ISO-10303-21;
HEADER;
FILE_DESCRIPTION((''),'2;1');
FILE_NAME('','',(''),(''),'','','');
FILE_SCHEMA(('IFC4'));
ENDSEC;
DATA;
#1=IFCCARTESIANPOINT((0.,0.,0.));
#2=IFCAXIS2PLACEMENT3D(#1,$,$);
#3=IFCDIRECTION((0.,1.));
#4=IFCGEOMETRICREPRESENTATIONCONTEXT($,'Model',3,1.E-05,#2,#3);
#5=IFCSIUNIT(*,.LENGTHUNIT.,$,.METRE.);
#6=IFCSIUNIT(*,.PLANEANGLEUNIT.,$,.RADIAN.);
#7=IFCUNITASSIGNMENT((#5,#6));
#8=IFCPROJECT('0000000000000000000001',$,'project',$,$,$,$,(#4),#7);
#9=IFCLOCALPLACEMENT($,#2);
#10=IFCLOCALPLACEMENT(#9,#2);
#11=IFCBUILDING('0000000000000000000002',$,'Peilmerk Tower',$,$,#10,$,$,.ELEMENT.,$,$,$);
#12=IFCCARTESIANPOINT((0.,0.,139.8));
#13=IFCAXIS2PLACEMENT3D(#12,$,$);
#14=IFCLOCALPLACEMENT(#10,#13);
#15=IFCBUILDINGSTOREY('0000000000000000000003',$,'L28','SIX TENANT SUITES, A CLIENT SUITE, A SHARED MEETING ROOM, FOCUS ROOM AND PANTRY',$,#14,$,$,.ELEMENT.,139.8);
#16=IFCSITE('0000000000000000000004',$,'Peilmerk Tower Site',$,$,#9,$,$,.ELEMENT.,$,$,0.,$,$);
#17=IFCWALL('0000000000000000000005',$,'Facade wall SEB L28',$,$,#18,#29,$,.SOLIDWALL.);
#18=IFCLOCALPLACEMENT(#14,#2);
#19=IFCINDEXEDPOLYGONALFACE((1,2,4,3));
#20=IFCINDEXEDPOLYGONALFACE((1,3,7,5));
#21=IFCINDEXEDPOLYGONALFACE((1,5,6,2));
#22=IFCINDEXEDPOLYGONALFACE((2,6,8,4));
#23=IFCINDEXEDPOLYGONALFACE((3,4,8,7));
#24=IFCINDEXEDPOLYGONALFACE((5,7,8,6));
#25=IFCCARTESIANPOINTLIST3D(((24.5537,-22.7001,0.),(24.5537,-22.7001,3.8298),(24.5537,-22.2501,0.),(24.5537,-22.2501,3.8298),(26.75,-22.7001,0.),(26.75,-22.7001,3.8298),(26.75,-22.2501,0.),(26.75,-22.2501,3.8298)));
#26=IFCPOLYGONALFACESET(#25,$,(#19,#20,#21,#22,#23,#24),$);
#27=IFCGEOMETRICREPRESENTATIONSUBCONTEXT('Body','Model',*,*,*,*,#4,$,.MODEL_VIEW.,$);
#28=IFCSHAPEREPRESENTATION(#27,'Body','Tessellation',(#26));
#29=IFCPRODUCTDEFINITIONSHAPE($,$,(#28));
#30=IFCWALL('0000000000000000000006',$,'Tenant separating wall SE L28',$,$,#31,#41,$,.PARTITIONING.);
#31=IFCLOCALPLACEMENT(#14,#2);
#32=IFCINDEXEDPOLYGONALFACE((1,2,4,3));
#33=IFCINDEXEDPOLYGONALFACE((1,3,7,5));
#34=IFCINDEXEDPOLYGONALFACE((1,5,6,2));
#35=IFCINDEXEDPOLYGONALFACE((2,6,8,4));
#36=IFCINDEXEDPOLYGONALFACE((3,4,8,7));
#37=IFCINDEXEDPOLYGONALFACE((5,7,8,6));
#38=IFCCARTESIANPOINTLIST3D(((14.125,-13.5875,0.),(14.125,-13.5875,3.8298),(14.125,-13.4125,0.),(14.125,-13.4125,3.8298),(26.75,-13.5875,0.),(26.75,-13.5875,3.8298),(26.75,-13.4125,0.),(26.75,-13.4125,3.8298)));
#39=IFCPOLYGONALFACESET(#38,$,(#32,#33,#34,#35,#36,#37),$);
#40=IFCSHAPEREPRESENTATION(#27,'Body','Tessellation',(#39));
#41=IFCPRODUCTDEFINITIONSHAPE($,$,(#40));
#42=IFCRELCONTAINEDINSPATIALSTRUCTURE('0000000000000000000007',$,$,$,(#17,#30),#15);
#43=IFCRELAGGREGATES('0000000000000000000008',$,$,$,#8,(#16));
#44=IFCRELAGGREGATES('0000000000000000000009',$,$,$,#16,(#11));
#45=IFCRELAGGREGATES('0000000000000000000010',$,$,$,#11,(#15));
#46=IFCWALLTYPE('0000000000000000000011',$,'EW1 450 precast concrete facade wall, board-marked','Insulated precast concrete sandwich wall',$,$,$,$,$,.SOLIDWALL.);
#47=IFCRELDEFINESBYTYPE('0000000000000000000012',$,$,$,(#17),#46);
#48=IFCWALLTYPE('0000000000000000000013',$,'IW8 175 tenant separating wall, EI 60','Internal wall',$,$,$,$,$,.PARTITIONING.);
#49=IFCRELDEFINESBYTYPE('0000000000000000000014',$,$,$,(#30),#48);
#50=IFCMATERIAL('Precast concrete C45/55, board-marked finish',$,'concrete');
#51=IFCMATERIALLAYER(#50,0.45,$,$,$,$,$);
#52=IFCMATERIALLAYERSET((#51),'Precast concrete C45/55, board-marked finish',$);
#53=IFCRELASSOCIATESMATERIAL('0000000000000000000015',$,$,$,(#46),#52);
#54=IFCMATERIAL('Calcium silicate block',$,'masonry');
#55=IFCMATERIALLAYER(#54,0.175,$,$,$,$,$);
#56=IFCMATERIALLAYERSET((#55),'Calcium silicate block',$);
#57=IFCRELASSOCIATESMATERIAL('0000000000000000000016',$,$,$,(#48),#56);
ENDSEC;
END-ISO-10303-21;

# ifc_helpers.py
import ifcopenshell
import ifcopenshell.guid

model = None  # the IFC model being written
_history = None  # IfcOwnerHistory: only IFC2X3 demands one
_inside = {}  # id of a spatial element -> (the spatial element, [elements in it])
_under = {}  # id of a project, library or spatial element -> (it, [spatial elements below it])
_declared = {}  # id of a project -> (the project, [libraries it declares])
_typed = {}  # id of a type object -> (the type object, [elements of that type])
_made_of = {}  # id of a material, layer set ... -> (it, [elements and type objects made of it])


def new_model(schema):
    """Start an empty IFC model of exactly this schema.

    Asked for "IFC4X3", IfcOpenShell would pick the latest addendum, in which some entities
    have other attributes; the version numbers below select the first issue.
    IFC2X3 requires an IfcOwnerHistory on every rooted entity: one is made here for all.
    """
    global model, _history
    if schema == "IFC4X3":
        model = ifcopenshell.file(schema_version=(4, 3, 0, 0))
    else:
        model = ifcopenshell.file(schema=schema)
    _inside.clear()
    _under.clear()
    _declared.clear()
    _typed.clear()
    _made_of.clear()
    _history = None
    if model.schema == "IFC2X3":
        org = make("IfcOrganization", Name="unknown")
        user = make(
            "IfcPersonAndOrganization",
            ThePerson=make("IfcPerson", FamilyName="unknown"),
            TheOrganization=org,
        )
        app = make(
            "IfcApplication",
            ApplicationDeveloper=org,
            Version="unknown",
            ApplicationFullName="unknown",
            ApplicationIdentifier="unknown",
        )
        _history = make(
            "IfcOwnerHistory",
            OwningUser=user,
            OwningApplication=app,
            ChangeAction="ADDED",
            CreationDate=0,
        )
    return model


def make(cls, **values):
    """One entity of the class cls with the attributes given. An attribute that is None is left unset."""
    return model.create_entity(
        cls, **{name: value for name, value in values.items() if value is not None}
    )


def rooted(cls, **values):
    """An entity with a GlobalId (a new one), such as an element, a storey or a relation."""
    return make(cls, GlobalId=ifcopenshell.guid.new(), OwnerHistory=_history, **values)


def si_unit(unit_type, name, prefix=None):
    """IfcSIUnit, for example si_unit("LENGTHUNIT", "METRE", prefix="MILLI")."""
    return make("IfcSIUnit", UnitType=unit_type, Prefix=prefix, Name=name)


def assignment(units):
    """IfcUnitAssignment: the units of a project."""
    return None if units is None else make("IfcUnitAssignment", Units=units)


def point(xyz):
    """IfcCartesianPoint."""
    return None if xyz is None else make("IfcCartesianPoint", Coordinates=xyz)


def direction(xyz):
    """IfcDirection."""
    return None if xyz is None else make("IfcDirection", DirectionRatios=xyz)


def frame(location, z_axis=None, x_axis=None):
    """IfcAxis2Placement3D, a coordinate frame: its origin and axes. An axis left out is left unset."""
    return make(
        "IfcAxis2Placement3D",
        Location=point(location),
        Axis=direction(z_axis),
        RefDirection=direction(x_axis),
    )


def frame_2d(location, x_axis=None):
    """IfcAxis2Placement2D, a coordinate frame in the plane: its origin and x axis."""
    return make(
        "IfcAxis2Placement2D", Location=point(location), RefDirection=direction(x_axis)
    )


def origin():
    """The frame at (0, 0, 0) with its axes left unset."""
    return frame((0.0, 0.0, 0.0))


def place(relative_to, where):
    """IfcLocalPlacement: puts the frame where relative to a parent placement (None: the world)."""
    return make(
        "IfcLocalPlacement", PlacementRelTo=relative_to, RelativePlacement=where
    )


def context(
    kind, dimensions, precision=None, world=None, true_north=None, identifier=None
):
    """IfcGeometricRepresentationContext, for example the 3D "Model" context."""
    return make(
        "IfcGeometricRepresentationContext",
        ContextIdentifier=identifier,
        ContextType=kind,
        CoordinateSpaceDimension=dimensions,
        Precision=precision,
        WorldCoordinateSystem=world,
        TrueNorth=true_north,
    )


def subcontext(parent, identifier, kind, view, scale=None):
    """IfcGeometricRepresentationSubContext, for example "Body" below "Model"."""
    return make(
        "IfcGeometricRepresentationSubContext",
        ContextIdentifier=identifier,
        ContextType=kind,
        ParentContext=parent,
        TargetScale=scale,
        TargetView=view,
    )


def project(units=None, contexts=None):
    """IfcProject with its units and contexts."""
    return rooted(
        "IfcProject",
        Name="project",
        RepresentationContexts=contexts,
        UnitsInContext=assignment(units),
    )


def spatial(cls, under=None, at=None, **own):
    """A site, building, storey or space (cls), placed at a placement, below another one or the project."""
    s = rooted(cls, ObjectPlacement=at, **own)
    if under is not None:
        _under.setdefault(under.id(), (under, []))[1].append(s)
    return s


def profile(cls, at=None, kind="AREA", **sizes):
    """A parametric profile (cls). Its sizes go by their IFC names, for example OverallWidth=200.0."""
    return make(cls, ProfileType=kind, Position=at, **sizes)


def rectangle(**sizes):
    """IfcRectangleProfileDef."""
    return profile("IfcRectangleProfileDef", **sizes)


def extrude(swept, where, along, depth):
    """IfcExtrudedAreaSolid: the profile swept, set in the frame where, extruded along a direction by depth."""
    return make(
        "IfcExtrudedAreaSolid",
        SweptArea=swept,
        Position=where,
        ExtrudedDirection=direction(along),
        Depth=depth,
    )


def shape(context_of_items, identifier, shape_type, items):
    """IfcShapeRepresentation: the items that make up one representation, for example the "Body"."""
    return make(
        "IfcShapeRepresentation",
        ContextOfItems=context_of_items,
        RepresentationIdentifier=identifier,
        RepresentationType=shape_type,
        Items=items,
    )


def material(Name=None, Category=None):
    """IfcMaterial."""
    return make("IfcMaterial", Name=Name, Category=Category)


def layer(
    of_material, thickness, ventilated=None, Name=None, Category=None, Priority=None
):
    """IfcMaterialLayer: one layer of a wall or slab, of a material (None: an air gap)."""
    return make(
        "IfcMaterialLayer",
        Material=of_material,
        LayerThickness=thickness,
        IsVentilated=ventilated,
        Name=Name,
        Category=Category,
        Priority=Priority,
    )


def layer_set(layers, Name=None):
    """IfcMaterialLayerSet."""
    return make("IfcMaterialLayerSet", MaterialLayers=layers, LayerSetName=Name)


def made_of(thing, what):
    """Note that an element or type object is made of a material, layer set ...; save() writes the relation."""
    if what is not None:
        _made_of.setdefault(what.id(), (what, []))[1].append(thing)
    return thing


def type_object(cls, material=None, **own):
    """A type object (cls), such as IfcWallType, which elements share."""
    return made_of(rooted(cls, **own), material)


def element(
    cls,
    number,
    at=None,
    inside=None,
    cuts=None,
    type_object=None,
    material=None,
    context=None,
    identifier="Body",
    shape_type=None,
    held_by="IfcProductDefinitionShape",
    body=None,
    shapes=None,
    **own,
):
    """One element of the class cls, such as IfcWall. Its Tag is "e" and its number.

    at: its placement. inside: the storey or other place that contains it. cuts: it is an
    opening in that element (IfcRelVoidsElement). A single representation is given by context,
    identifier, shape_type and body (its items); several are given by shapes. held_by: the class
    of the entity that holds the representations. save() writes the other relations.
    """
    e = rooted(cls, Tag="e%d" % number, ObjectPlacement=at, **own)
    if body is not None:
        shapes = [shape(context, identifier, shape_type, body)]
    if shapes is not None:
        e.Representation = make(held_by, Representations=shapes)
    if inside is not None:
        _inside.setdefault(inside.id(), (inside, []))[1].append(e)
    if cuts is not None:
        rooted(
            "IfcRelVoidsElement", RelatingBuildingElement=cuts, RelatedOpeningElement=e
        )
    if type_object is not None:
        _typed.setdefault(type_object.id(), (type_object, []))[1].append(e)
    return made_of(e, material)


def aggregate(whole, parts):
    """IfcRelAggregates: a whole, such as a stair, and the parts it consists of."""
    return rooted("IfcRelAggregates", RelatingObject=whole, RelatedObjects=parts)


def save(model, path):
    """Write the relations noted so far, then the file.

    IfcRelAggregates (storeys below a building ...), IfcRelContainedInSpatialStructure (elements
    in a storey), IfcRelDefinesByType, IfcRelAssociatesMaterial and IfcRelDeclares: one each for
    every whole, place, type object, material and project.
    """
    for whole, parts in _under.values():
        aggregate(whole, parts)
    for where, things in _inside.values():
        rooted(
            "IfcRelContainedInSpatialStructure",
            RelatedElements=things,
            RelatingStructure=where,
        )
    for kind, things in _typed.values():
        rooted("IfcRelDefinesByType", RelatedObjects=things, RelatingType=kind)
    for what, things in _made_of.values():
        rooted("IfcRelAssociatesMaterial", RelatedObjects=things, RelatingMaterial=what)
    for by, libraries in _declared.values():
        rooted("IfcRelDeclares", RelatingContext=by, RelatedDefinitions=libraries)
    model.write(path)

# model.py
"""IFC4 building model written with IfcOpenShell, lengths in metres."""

from ifc_helpers import new_model, si_unit, direction, frame, frame_2d, origin, place, context, subcontext, project, spatial, rectangle, extrude, material, layer, layer_set, type_object, element, save


model = new_model("IFC4")

# Units and contexts
model_context = context("Model", 3, precision=1e-05, world=origin(), true_north=direction((0.0, 1.0)))
body_context = subcontext(model_context, "Body", "Model", "MODEL_VIEW")
ifc_project = project(units=[si_unit("LENGTHUNIT", "METRE"), si_unit("PLANEANGLEUNIT", "RADIAN")], contexts=[model_context])

# Site, building, storey
site_placement = place(None, origin())
site = spatial("IfcSite", under=ifc_project, at=site_placement, Name="Peilmerk Tower Site", CompositionType="ELEMENT", RefElevation=0.0)
building_placement = place(site_placement, origin())
building = spatial("IfcBuilding", under=site, at=building_placement, Name="Peilmerk Tower", CompositionType="ELEMENT")
storey_placement = place(building_placement, frame((0.0, 0.0, 139.8)))
storey = spatial("IfcBuildingStorey", under=building, at=storey_placement, Name="L28", Description="SIX TENANT SUITES, A CLIENT SUITE, A SHARED MEETING ROOM, FOCUS ROOM AND PANTRY", CompositionType="ELEMENT", Elevation=139.8)

# Walls
ifc_material_1 = material(Name="Precast concrete C45/55, board-marked finish", Category="concrete")
ifc_layer_1 = layer(ifc_material_1, 0.45)
ifc_layer_set_1 = layer_set([ifc_layer_1], Name="Precast concrete C45/55, board-marked finish")
wall_type_1 = type_object("IfcWallType", Name="EW1 450 precast concrete facade wall, board-marked", Description="Insulated precast concrete sandwich wall", PredefinedType="SOLIDWALL", material=ifc_layer_set_1)
wall_1_placement = place(storey_placement, frame((24.5537, -22.4751, 0.0), z_axis=(0.0, 0.0, 1.0), x_axis=(1.0, 0.0, 0.0)))
element("IfcWall", 1, at=wall_1_placement, inside=storey, type_object=wall_type_1, Name="Facade wall SEB L28", PredefinedType="SOLIDWALL", context=body_context, shape_type="SweptSolid", body=[
    extrude(rectangle(XDim=2.1963, YDim=0.45, at=frame_2d((1.0981, 0.0))), origin(), (0.0, 0.0, 1.0), 3.8298),
])
ifc_material_2 = material(Name="Calcium silicate block", Category="masonry")
ifc_layer_2 = layer(ifc_material_2, 0.175)
ifc_layer_set_2 = layer_set([ifc_layer_2], Name="Calcium silicate block")
wall_type_2 = type_object("IfcWallType", Name="IW8 175 tenant separating wall, EI 60", Description="Internal wall", PredefinedType="PARTITIONING", material=ifc_layer_set_2)
wall_2_placement = place(storey_placement, frame((26.75, -13.5, 0.0), z_axis=(0.0, 0.0, 1.0), x_axis=(-1.0, 0.0, 0.0)))
element("IfcWall", 2, at=wall_2_placement, inside=storey, type_object=wall_type_2, Name="Tenant separating wall SE L28", PredefinedType="PARTITIONING", context=body_context, shape_type="SweptSolid", body=[
    extrude(rectangle(XDim=12.625, YDim=0.175, at=frame_2d((6.3125, 0.0))), origin(), (0.0, 0.0, 1.0), 3.8298),
])

save(model, "model.ifc")
